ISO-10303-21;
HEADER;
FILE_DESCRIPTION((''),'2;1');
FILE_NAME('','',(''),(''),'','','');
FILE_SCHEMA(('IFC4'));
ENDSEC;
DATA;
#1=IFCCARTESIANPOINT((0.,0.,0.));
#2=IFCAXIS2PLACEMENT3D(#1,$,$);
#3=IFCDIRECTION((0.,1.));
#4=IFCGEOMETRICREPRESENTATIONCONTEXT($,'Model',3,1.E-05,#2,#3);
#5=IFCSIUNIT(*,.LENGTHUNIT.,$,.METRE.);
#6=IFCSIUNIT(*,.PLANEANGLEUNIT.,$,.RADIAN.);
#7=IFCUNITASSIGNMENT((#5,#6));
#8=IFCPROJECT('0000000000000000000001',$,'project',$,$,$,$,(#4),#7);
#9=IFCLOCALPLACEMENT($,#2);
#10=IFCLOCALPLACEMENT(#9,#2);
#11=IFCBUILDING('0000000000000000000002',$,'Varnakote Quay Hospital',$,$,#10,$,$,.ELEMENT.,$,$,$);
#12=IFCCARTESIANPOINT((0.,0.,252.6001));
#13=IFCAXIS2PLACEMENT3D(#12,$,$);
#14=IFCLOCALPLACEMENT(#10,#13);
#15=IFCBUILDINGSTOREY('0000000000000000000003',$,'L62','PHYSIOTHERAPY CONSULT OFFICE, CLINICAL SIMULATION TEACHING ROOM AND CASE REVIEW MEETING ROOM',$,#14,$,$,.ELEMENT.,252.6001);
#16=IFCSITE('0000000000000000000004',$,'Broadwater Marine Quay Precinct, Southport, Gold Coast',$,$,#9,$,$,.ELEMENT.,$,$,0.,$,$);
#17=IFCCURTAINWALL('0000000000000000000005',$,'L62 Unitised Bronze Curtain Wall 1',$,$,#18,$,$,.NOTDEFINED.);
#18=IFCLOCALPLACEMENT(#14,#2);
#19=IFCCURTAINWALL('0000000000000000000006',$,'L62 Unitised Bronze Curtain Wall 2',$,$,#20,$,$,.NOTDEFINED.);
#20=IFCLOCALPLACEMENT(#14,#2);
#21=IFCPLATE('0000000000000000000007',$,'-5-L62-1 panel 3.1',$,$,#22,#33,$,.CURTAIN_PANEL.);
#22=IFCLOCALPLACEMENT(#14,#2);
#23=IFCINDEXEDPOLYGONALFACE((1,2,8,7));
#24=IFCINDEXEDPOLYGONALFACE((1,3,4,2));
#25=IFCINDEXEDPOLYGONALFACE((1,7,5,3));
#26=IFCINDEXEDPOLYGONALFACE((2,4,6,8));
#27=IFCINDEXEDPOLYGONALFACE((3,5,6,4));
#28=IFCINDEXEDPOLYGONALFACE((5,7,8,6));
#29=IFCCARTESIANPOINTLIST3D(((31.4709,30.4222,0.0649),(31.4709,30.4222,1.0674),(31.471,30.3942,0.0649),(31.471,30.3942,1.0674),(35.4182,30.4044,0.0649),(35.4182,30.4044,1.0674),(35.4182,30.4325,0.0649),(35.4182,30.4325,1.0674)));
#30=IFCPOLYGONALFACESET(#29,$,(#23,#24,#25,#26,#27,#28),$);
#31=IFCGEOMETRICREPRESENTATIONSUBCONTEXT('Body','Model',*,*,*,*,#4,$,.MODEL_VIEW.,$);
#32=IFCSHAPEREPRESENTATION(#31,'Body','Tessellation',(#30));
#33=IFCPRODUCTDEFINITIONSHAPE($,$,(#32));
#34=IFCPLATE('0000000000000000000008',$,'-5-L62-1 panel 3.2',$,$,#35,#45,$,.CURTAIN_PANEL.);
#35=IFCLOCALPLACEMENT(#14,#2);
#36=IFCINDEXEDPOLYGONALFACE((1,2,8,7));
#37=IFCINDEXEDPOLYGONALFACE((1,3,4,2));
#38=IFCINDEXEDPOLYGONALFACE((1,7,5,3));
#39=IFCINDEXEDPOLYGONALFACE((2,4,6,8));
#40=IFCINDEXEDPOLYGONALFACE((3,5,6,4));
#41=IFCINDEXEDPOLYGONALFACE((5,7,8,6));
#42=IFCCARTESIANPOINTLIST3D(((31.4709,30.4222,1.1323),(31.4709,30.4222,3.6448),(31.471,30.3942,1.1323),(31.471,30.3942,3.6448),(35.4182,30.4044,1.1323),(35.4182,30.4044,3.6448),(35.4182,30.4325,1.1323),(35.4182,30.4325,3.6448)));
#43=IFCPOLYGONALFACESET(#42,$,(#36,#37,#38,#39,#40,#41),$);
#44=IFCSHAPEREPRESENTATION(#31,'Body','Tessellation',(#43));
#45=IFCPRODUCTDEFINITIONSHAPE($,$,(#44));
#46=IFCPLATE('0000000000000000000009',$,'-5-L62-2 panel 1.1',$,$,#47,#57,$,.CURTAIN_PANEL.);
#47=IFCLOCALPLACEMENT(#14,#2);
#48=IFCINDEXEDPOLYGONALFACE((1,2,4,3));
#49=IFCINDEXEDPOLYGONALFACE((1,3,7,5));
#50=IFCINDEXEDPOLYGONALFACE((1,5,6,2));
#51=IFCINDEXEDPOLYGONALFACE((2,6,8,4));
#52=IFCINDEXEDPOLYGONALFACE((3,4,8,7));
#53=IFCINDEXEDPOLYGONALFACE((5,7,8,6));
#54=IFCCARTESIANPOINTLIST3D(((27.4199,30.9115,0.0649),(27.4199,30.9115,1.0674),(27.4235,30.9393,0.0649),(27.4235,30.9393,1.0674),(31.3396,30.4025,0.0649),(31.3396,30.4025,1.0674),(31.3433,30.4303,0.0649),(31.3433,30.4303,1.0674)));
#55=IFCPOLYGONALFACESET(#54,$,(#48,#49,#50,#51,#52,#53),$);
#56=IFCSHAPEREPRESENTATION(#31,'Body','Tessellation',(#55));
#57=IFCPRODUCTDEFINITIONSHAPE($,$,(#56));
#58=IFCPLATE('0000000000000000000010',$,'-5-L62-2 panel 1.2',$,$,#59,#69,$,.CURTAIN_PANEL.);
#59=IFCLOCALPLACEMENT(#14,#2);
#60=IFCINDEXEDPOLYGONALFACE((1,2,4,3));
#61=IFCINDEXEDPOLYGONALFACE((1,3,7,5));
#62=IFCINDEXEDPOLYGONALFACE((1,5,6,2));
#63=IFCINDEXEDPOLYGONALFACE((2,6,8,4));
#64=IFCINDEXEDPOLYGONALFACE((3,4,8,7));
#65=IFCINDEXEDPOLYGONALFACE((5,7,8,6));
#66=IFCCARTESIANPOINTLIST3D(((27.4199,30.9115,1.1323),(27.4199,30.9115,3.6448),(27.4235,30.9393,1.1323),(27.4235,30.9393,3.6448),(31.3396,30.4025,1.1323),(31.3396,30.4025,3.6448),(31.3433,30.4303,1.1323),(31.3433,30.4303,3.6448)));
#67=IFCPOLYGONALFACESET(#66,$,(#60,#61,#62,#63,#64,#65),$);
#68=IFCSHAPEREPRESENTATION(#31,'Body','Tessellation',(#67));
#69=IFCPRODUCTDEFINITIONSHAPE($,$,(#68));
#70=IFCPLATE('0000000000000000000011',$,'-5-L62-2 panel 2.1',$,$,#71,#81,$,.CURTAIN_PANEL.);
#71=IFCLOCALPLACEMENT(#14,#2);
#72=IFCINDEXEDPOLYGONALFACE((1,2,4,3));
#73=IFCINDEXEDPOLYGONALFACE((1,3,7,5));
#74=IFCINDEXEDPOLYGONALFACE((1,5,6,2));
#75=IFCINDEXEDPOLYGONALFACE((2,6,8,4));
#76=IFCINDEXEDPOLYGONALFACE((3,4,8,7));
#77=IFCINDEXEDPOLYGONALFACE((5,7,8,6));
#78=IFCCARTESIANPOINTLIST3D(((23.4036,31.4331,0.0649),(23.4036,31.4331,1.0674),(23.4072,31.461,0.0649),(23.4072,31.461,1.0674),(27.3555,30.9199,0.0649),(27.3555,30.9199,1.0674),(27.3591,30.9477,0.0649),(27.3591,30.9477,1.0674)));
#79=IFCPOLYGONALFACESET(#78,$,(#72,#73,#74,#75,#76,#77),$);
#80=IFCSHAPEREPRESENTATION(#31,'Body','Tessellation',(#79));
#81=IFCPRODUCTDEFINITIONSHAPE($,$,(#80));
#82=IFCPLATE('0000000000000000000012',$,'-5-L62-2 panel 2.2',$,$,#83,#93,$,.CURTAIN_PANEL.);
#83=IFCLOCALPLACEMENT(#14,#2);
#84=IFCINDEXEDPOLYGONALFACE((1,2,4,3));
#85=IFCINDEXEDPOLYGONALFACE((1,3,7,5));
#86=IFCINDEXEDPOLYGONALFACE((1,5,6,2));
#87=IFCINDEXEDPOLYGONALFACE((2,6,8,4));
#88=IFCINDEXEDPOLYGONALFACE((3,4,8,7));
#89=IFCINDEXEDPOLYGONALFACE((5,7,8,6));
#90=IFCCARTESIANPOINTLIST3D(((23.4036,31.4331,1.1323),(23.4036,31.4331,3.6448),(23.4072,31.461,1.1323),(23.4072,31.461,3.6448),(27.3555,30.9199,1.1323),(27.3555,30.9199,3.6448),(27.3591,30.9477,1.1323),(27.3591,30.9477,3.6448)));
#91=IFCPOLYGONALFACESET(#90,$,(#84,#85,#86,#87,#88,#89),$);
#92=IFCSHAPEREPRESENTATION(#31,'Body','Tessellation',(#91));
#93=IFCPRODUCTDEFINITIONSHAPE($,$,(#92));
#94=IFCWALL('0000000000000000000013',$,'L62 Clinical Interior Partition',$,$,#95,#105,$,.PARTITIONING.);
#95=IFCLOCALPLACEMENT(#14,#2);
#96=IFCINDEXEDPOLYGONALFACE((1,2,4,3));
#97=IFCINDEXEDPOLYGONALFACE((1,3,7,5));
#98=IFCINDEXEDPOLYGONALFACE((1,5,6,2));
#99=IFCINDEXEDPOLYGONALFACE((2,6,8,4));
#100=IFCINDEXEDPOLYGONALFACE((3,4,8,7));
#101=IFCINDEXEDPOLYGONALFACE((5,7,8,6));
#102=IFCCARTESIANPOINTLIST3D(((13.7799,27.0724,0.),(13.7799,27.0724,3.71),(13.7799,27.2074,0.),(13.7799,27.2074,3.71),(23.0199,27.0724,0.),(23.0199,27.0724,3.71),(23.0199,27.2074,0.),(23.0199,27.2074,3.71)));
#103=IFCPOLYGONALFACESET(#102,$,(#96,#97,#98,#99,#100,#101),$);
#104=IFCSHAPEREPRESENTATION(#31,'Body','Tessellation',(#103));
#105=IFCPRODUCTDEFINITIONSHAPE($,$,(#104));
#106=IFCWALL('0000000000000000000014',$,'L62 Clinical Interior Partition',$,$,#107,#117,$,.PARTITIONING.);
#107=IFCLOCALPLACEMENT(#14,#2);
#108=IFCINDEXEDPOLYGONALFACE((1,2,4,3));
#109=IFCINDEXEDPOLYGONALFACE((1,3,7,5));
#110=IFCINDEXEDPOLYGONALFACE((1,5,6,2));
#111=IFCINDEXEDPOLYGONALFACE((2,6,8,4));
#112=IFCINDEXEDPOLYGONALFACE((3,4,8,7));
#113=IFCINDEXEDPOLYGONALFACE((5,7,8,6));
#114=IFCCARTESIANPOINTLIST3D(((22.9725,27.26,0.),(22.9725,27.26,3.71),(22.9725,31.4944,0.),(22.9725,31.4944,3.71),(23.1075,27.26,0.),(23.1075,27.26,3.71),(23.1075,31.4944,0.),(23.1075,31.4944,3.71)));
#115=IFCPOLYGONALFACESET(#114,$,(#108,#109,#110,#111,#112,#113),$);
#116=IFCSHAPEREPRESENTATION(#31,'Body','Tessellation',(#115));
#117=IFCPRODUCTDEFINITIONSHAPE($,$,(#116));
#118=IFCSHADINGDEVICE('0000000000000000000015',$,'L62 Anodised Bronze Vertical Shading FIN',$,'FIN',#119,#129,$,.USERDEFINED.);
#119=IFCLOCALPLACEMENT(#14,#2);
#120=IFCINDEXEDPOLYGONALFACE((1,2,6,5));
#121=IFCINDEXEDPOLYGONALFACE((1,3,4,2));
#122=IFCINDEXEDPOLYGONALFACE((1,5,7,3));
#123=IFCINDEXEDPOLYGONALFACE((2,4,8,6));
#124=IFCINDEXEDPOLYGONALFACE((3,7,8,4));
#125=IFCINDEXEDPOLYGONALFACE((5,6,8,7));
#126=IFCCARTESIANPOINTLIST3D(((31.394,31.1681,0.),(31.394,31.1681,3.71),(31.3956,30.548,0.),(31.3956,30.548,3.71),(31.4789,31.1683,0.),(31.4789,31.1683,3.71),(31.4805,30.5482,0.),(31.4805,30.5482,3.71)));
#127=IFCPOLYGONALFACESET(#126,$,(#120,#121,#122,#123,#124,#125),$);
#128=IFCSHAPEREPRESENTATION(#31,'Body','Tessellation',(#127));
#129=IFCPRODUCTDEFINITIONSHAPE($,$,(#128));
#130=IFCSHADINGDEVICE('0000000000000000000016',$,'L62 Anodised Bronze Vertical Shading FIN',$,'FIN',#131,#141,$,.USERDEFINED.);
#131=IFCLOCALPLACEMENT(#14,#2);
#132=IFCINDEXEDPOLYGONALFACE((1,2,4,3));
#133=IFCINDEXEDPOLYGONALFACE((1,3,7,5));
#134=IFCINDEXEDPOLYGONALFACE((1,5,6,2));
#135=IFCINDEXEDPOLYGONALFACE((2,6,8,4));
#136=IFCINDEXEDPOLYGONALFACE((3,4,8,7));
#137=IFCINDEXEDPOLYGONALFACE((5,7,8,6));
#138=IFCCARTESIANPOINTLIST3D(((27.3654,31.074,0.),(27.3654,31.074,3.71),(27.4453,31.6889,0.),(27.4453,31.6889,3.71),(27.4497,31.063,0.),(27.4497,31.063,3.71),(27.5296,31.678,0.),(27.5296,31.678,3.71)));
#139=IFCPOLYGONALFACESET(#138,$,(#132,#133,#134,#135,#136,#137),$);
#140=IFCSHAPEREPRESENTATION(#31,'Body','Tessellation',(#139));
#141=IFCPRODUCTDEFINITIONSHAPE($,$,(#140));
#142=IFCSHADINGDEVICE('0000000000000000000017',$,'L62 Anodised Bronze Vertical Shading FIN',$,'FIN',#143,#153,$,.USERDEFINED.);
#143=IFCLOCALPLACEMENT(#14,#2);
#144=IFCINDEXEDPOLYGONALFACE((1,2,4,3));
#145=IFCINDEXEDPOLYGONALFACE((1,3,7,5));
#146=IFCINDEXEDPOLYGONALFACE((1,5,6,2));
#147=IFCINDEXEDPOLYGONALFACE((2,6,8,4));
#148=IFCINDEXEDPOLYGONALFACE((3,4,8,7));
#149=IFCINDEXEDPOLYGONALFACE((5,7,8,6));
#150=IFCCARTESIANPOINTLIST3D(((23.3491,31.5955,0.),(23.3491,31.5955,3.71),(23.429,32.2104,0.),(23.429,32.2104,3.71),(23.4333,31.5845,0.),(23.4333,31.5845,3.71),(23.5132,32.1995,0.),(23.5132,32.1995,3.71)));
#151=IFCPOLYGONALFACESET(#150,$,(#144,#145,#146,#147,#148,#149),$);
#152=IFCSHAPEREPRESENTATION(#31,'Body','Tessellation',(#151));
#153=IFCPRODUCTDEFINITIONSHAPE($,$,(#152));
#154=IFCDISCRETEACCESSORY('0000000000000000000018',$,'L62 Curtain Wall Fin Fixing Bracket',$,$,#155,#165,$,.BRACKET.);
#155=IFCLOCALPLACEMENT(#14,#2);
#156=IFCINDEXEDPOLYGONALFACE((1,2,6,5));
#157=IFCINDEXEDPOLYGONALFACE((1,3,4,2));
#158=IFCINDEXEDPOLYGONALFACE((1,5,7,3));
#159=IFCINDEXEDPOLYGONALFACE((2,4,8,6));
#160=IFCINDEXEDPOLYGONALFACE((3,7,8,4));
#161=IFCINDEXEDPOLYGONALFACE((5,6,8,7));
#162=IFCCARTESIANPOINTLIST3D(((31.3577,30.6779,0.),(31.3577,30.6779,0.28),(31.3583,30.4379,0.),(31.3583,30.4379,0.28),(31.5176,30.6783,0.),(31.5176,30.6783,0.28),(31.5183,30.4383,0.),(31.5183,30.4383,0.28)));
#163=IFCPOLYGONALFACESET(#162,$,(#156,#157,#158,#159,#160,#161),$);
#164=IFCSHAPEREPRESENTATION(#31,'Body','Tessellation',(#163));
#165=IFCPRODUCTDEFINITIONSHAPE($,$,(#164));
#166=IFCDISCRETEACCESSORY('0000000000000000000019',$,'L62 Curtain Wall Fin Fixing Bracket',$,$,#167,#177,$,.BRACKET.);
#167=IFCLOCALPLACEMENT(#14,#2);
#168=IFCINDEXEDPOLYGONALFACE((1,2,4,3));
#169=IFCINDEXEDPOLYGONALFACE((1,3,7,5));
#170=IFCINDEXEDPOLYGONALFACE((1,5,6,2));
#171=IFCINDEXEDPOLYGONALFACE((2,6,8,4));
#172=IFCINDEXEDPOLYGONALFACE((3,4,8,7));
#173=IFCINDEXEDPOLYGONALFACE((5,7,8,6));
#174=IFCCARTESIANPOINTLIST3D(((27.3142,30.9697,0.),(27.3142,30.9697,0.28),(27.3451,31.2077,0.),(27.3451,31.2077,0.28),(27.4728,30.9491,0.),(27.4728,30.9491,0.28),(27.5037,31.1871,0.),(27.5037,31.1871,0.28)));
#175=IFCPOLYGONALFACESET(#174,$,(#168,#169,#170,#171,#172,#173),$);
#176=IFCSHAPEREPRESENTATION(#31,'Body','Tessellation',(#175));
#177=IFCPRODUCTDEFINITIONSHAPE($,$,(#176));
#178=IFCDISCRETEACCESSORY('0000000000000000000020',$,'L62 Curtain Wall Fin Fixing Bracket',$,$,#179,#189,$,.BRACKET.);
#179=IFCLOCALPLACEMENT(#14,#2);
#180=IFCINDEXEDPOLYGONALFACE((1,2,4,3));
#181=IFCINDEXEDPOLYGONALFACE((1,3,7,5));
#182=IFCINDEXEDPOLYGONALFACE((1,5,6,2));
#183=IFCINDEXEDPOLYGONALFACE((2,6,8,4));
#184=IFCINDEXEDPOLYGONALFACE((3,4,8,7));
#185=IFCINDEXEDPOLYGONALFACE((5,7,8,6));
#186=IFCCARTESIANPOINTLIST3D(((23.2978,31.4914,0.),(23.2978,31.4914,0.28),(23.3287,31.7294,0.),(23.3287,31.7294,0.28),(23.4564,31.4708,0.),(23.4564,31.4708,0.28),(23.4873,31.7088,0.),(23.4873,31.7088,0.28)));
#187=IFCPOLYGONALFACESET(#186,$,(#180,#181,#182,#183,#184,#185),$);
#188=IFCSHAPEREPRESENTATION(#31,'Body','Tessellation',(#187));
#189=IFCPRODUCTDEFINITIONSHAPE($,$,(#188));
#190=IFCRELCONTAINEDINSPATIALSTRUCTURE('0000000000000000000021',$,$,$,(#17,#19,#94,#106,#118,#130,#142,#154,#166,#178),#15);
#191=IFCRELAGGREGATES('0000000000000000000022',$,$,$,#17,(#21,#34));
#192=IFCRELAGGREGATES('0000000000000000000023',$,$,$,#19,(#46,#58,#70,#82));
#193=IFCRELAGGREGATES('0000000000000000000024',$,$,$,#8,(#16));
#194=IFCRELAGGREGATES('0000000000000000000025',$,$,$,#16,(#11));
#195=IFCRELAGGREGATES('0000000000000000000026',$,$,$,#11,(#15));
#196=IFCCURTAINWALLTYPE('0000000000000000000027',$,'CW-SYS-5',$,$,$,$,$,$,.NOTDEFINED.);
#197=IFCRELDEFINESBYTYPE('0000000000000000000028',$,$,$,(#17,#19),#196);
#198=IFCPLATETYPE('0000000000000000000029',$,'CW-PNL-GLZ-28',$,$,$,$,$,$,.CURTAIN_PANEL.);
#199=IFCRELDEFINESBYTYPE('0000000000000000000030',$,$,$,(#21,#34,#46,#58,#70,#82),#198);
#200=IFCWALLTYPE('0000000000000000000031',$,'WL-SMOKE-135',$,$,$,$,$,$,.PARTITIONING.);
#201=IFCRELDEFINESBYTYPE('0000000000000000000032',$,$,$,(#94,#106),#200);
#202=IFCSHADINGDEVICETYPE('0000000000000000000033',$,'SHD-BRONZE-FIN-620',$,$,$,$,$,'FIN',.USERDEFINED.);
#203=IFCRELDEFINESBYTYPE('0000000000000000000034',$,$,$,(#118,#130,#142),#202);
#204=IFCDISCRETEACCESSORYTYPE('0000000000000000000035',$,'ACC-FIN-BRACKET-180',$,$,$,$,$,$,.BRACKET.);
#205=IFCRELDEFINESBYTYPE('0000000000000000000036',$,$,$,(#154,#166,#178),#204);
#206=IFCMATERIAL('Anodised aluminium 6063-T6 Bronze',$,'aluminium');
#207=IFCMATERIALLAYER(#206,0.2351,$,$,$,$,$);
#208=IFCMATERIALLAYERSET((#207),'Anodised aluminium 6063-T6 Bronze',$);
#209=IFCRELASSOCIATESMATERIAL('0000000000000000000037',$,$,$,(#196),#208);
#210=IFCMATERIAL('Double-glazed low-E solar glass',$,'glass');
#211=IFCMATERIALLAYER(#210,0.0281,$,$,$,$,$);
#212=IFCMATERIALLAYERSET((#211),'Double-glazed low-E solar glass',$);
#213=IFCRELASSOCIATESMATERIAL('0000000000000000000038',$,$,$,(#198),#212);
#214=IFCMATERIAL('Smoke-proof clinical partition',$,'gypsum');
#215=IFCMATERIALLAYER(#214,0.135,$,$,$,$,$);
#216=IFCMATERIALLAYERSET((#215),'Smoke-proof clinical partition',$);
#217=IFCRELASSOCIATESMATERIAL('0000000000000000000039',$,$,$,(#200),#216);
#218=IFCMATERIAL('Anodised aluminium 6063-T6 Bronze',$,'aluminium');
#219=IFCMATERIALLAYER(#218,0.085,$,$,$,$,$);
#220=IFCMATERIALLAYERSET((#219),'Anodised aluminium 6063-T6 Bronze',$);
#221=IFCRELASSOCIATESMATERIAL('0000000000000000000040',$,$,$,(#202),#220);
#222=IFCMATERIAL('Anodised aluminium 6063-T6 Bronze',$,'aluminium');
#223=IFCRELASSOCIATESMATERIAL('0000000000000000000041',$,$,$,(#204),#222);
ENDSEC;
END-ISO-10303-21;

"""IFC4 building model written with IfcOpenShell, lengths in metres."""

from ifc_helpers import new_model, si_unit, direction, frame, frame_2d, origin, origin_2d, place, context, subcontext, project, spatial, rectangle, extrude, material, layer, layer_set, type_object, element, aggregate, save


model = new_model("IFC4")

# Units and contexts
model_context = context("Model", 3, precision=1e-05, world=origin(), true_north=direction((0.0, 1.0)))
body_context = subcontext(model_context, "Body", "Model", "MODEL_VIEW")
ifc_project = project(units=[si_unit("LENGTHUNIT", "METRE"), si_unit("PLANEANGLEUNIT", "RADIAN")], contexts=[model_context])

# Site, building, storey
site_placement = place(None, origin())
site = spatial("IfcSite", under=ifc_project, at=site_placement, Name="Broadwater Marine Quay Precinct, Southport, Gold Coast", CompositionType="ELEMENT", RefElevation=0.0)
building_placement = place(site_placement, origin())
building = spatial("IfcBuilding", under=site, at=building_placement, Name="Varnakote Quay Hospital", CompositionType="ELEMENT")
storey_placement = place(building_placement, frame((0.0, 0.0, 252.6001)))
storey = spatial("IfcBuildingStorey", under=building, at=storey_placement, Name="L62", Description="PHYSIOTHERAPY CONSULT OFFICE, CLINICAL SIMULATION TEACHING ROOM AND CASE REVIEW MEETING ROOM", CompositionType="ELEMENT", Elevation=252.6001)

# Curtain wall
ifc_material_1 = material(Name="Anodised aluminium 6063-T6 Bronze", Category="aluminium")
ifc_layer_1 = layer(ifc_material_1, 0.2351)
ifc_layer_set_1 = layer_set([ifc_layer_1], Name="Anodised aluminium 6063-T6 Bronze")
curtain_wall_type = type_object("IfcCurtainWallType", Name="CW-SYS-5", PredefinedType="NOTDEFINED", material=ifc_layer_set_1)
curtain_wall_1_placement = place(storey_placement, origin())
curtain_wall_1 = element("IfcCurtainWall", 1, at=curtain_wall_1_placement, inside=storey, type_object=curtain_wall_type, Name="L62 Unitised Bronze Curtain Wall 1", PredefinedType="NOTDEFINED")

# Curtain wall
curtain_wall_2_placement = place(storey_placement, origin())
curtain_wall_2 = element("IfcCurtainWall", 2, at=curtain_wall_2_placement, inside=storey, type_object=curtain_wall_type, Name="L62 Unitised Bronze Curtain Wall 2", PredefinedType="NOTDEFINED")

# Plates
ifc_material_2 = material(Name="Double-glazed low-E solar glass", Category="glass")
ifc_layer_2 = layer(ifc_material_2, 0.0281)
ifc_layer_set_2 = layer_set([ifc_layer_2], Name="Double-glazed low-E solar glass")
plate_type = type_object("IfcPlateType", Name="CW-PNL-GLZ-28", PredefinedType="CURTAIN_PANEL", material=ifc_layer_set_2)
plate_1_placement = place(storey_placement, frame((33.4446, 30.4133, 0.0649), z_axis=(0.0, 0.0, 1.0), x_axis=(-0.999997, -0.002604, 0.0)))
plate_1 = element("IfcPlate", 3, at=plate_1_placement, type_object=plate_type, Name="-5-L62-1 panel 3.1", PredefinedType="CURTAIN_PANEL", context=body_context, shape_type="SweptSolid", body=[
    extrude(rectangle(XDim=3.9473, YDim=0.0281, at=origin_2d()), origin(), (0.0, 0.0, 1.0), 1.0024),
])
plate_2_placement = place(storey_placement, frame((33.4446, 30.4133, 1.1323), z_axis=(0.0, 0.0, 1.0), x_axis=(-0.999997, -0.002604, 0.0)))
plate_2 = element("IfcPlate", 4, at=plate_2_placement, type_object=plate_type, Name="-5-L62-1 panel 3.2", PredefinedType="CURTAIN_PANEL", context=body_context, shape_type="SweptSolid", body=[
    extrude(rectangle(XDim=3.9473, YDim=0.0281, at=origin_2d()), origin(), (0.0, 0.0, 1.0), 2.5125),
])
aggregate(curtain_wall_1, [plate_1, plate_2])
plate_3_placement = place(storey_placement, frame((29.3816, 30.6709, 0.0649), z_axis=(0.0, 0.0, 1.0), x_axis=(-0.991672, 0.128787, 0.0)))
plate_3 = element("IfcPlate", 5, at=plate_3_placement, type_object=plate_type, Name="-5-L62-2 panel 1.1", PredefinedType="CURTAIN_PANEL", context=body_context, shape_type="SweptSolid", body=[
    extrude(rectangle(XDim=3.9526, YDim=0.0281, at=origin_2d()), origin(), (0.0, 0.0, 1.0), 1.0024),
])
plate_4_placement = place(storey_placement, frame((29.3816, 30.6709, 1.1323), z_axis=(0.0, 0.0, 1.0), x_axis=(-0.991672, 0.128787, 0.0)))
plate_4 = element("IfcPlate", 6, at=plate_4_placement, type_object=plate_type, Name="-5-L62-2 panel 1.2", PredefinedType="CURTAIN_PANEL", context=body_context, shape_type="SweptSolid", body=[
    extrude(rectangle(XDim=3.9526, YDim=0.0281, at=origin_2d()), origin(), (0.0, 0.0, 1.0), 2.5125),
])
plate_5_placement = place(storey_placement, frame((25.3813, 31.1904, 0.0649), z_axis=(0.0, 0.0, 1.0), x_axis=(-0.991672, 0.128787, 0.0)))
plate_5 = element("IfcPlate", 7, at=plate_5_placement, type_object=plate_type, Name="-5-L62-2 panel 2.1", PredefinedType="CURTAIN_PANEL", context=body_context, shape_type="SweptSolid", body=[
    extrude(rectangle(XDim=3.9851, YDim=0.0281, at=origin_2d()), origin(), (0.0, 0.0, 1.0), 1.0024),
])
plate_6_placement = place(storey_placement, frame((25.3813, 31.1904, 1.1323), z_axis=(0.0, 0.0, 1.0), x_axis=(-0.991672, 0.128787, 0.0)))
plate_6 = element("IfcPlate", 8, at=plate_6_placement, type_object=plate_type, Name="-5-L62-2 panel 2.2", PredefinedType="CURTAIN_PANEL", context=body_context, shape_type="SweptSolid", body=[
    extrude(rectangle(XDim=3.9851, YDim=0.0281, at=origin_2d()), origin(), (0.0, 0.0, 1.0), 2.5125),
])
aggregate(curtain_wall_2, [plate_3, plate_4, plate_5, plate_6])

# Walls
ifc_material_3 = material(Name="Smoke-proof clinical partition", Category="gypsum")
ifc_layer_3 = layer(ifc_material_3, 0.135)
ifc_layer_set_3 = layer_set([ifc_layer_3], Name="Smoke-proof clinical partition")
wall_type = type_object("IfcWallType", Name="WL-SMOKE-135", PredefinedType="PARTITIONING", material=ifc_layer_set_3)
wall_1_placement = place(storey_placement, frame((23.02, 27.1399, 0.0), z_axis=(0.0, 0.0, 1.0), x_axis=(-1.0, 0.0, 0.0)))
element("IfcWall", 9, at=wall_1_placement, inside=storey, type_object=wall_type, Name="L62 Clinical Interior Partition", PredefinedType="PARTITIONING", context=body_context, shape_type="SweptSolid", body=[
    extrude(rectangle(XDim=9.24, YDim=0.135, at=frame_2d((4.6201, 0.0))), origin(), (0.0, 0.0, 1.0), 3.71),
])
wall_2_placement = place(storey_placement, frame((23.04, 27.26, 0.0), z_axis=(0.0, 0.0, 1.0), x_axis=(0.0, 1.0, 0.0)))
element("IfcWall", 10, at=wall_2_placement, inside=storey, type_object=wall_type, Name="L62 Clinical Interior Partition", PredefinedType="PARTITIONING", context=body_context, shape_type="SweptSolid", body=[
    extrude(rectangle(XDim=4.2344, YDim=0.135, at=frame_2d((2.1172, 0.0))), origin(), (0.0, 0.0, 1.0), 3.71),
])

# Shading devices
ifc_material_4 = material(Name="Anodised aluminium 6063-T6 Bronze", Category="aluminium")
ifc_layer_4 = layer(ifc_material_4, 0.085)
ifc_layer_set_4 = layer_set([ifc_layer_4], Name="Anodised aluminium 6063-T6 Bronze")
shading_device_type = type_object("IfcShadingDeviceType", Name="SHD-BRONZE-FIN-620", ElementType="FIN", PredefinedType="USERDEFINED", material=ifc_layer_set_4)
for number, where, z_axis, x_axis, name in (
    (11, (31.4373, 30.8582, 0.0), (0.0, 0.0, 1.0), (0.002618, -0.999997, 0.0), "L62 Anodised Bronze Vertical Shading FIN"),
    (12, (27.4475, 31.376, 0.0), (0.0, 0.0, 1.0), (-0.128796, -0.991671, 0.0), "L62 Anodised Bronze Vertical Shading FIN"),
    (13, (23.4312, 31.8975, 0.0), (0.0, 0.0, 1.0), (-0.128796, -0.991671, 0.0), "L62 Anodised Bronze Vertical Shading FIN"),
):
    element("IfcShadingDevice", number, at=place(storey_placement, frame(where, z_axis=z_axis, x_axis=x_axis)), inside=storey, type_object=shading_device_type, Name=name, ObjectType="FIN", PredefinedType="USERDEFINED", context=body_context, shape_type="SweptSolid", body=[
        extrude(rectangle(XDim=0.6201, YDim=0.085, at=origin_2d()), origin(), (0.0, 0.0, 1.0), 3.71),
    ])

# Discrete accessories
ifc_material_5 = material(Name="Anodised aluminium 6063-T6 Bronze", Category="aluminium")
discrete_accessory_type = type_object("IfcDiscreteAccessoryType", Name="ACC-FIN-BRACKET-180", PredefinedType="BRACKET", material=ifc_material_5)
for number, where, z_axis, x_axis, name in (
    (14, (31.438, 30.5581, 0.0), (0.0, 0.0, 1.0), (-0.999997, -0.002618, 0.0), "L62 Curtain Wall Fin Fixing Bracket"),
    (15, (27.4089, 31.0784, 0.0), (0.0, 0.0, 1.0), (-0.991671, 0.128796, 0.0), "L62 Curtain Wall Fin Fixing Bracket"),
    (16, (23.3926, 31.6001, 0.0), (0.0, 0.0, 1.0), (-0.991671, 0.128796, 0.0), "L62 Curtain Wall Fin Fixing Bracket"),
):
    element("IfcDiscreteAccessory", number, at=place(storey_placement, frame(where, z_axis=z_axis, x_axis=x_axis)), inside=storey, type_object=discrete_accessory_type, Name=name, PredefinedType="BRACKET", context=body_context, shape_type="SweptSolid", body=[
        extrude(rectangle(XDim=0.1599, YDim=0.24, at=origin_2d()), origin(), (0.0, 0.0, 1.0), 0.28),
    ])

save(model, "model.ifc")
